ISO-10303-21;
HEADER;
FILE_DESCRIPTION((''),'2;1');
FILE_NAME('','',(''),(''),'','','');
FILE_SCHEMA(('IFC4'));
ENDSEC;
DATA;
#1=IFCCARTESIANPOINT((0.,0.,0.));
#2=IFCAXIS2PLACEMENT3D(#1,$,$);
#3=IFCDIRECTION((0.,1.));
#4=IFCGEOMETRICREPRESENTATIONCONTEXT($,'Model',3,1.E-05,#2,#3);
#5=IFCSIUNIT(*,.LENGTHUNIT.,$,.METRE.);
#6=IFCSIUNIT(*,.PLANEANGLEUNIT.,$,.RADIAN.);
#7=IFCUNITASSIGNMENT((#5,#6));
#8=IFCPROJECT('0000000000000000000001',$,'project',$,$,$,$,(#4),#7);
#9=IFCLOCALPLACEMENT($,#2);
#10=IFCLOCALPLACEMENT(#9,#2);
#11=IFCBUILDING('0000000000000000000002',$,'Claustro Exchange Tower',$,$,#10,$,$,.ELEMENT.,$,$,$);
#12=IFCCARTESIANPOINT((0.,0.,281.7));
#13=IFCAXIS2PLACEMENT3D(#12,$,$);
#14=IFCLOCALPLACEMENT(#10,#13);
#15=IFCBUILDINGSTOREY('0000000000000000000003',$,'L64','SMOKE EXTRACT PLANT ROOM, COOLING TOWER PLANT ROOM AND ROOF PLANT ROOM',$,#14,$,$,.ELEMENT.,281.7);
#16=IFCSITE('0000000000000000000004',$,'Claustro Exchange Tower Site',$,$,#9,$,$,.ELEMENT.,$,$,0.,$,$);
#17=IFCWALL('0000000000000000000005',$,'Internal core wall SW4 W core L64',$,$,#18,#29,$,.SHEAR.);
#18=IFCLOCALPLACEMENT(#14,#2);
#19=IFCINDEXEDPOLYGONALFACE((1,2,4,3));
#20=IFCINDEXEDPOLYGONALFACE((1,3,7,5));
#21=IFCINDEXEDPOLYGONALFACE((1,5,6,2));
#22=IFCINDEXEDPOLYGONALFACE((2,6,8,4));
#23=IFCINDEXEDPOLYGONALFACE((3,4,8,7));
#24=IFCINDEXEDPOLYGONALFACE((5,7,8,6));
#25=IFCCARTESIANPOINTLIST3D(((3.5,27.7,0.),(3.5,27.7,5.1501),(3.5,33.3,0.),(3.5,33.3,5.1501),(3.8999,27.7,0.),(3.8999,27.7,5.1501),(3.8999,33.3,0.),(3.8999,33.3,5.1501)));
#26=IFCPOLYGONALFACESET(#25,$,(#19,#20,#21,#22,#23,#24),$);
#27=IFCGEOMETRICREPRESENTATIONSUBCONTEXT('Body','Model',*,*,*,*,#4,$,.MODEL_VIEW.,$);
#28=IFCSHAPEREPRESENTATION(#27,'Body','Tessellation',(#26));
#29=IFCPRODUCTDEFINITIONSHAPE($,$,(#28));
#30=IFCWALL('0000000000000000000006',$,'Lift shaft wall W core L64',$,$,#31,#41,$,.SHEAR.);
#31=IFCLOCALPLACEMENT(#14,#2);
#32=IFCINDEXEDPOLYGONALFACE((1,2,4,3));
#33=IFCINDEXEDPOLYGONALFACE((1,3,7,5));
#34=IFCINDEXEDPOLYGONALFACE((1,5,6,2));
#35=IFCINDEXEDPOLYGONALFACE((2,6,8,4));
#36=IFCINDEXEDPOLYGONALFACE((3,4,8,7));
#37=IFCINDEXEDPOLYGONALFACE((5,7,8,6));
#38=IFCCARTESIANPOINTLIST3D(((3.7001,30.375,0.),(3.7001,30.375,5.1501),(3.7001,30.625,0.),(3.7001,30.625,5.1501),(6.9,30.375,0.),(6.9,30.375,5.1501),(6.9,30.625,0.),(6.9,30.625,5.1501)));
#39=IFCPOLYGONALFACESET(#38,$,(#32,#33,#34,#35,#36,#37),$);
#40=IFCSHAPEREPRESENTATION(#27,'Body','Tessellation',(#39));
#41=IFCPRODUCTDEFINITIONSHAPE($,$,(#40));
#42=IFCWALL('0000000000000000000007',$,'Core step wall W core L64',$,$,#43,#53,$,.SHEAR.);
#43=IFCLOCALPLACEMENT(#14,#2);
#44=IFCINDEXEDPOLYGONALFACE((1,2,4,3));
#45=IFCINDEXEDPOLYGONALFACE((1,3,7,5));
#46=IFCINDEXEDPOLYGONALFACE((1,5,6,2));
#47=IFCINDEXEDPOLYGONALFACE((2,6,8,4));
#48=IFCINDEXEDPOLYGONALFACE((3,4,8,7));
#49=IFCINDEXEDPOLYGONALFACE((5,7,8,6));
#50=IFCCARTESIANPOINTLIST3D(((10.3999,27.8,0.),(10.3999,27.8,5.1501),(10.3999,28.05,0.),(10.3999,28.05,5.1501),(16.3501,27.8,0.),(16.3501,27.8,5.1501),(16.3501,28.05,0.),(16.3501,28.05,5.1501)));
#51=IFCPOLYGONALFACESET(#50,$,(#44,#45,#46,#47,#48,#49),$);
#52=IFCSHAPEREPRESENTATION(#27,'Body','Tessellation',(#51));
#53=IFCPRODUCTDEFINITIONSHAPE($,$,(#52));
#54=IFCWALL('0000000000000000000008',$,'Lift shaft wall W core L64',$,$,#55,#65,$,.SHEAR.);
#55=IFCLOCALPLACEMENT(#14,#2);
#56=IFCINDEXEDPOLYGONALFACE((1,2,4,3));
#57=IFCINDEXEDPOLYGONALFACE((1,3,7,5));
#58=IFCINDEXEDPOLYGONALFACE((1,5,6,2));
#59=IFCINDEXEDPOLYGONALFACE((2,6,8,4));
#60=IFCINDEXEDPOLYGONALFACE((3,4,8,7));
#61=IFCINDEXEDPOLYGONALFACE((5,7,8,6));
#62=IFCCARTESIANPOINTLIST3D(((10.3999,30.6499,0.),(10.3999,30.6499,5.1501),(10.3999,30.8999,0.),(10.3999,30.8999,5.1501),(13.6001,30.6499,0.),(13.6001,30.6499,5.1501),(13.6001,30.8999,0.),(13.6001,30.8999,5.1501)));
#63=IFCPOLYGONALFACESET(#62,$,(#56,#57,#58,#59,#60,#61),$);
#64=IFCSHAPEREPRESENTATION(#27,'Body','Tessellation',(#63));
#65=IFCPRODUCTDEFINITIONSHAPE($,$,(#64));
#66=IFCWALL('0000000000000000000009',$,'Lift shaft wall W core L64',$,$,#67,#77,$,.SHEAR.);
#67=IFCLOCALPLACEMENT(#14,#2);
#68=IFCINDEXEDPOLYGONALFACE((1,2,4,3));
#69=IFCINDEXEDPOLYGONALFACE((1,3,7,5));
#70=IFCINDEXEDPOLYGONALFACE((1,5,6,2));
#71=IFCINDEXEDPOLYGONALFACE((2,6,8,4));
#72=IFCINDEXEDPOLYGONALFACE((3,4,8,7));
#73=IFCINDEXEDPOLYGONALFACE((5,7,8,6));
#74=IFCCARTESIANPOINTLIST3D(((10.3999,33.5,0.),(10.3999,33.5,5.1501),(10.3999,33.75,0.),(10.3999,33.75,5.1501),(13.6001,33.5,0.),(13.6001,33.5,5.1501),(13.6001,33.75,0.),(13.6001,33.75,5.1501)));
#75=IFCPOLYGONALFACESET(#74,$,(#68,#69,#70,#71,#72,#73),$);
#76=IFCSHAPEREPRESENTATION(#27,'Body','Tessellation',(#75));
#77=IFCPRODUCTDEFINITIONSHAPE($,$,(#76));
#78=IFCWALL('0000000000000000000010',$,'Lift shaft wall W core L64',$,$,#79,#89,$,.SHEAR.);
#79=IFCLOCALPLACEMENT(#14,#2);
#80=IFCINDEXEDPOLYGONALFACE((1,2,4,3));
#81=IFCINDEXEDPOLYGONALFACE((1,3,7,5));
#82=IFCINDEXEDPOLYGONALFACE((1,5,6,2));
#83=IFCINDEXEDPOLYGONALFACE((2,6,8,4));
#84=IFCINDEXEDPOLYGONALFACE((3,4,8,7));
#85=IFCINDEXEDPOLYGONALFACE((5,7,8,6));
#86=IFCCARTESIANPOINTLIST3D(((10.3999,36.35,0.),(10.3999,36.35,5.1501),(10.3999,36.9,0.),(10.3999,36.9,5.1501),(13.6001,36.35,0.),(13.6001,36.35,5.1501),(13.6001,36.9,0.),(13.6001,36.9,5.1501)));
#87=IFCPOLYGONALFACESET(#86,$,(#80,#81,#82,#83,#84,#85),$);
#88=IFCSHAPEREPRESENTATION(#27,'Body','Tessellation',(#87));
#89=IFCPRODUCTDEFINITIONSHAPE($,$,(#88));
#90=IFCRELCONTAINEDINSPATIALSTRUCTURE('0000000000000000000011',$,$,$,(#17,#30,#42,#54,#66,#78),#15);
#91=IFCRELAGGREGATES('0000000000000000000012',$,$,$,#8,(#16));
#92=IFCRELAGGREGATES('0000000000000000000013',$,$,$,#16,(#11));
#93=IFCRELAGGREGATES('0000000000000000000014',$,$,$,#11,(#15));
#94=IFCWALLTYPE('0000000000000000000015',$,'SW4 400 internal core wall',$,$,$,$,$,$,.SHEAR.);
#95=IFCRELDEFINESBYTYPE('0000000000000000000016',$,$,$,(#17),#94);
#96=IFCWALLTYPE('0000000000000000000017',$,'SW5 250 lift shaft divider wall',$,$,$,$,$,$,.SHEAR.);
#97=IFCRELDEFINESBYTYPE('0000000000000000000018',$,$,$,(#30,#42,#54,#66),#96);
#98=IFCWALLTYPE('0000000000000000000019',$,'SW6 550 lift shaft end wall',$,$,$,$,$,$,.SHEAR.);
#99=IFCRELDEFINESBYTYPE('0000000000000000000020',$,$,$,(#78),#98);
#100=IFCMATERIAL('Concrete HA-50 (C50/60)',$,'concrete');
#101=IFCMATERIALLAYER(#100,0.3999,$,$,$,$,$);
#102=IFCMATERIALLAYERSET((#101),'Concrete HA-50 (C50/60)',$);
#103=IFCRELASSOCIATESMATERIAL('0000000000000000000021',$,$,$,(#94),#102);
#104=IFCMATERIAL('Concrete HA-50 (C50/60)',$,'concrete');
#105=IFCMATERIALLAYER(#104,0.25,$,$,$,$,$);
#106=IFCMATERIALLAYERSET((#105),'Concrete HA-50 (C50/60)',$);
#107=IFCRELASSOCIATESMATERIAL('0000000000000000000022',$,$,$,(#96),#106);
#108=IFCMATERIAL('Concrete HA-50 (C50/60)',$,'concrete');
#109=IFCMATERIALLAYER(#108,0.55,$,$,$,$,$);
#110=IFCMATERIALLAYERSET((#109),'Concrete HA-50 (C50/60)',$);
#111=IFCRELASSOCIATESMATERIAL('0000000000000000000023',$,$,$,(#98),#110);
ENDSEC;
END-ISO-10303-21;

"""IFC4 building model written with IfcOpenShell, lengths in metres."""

from ifc_helpers import new_model, si_unit, direction, frame, frame_2d, origin, place, context, subcontext, project, spatial, rectangle, extrude, material, layer, layer_set, type_object, element, save


model = new_model("IFC4")

# Units and contexts
model_context = context("Model", 3, precision=1e-05, world=origin(), true_north=direction((0.0, 1.0)))
body_context = subcontext(model_context, "Body", "Model", "MODEL_VIEW")
ifc_project = project(units=[si_unit("LENGTHUNIT", "METRE"), si_unit("PLANEANGLEUNIT", "RADIAN")], contexts=[model_context])

# Site, building, storey
site_placement = place(None, origin())
site = spatial("IfcSite", under=ifc_project, at=site_placement, Name="Claustro Exchange Tower Site", CompositionType="ELEMENT", RefElevation=0.0)
building_placement = place(site_placement, origin())
building = spatial("IfcBuilding", under=site, at=building_placement, Name="Claustro Exchange Tower", CompositionType="ELEMENT")
storey_placement = place(building_placement, frame((0.0, 0.0, 281.7)))
storey = spatial("IfcBuildingStorey", under=building, at=storey_placement, Name="L64", Description="SMOKE EXTRACT PLANT ROOM, COOLING TOWER PLANT ROOM AND ROOF PLANT ROOM", CompositionType="ELEMENT", Elevation=281.7)

# Walls
ifc_material_1 = material(Name="Concrete HA-50 (C50/60)", Category="concrete")
ifc_layer_1 = layer(ifc_material_1, 0.3999)
ifc_layer_set_1 = layer_set([ifc_layer_1], Name="Concrete HA-50 (C50/60)")
wall_type_1 = type_object("IfcWallType", Name="SW4 400 internal core wall", PredefinedType="SHEAR", material=ifc_layer_set_1)
wall_1_placement = place(storey_placement, frame((3.7, 27.7, 0.0), z_axis=(0.0, 0.0, 1.0), x_axis=(0.0, 1.0, 0.0)))
element("IfcWall", 1, at=wall_1_placement, inside=storey, type_object=wall_type_1, Name="Internal core wall SW4 W core L64", PredefinedType="SHEAR", context=body_context, shape_type="SweptSolid", body=[
    extrude(rectangle(XDim=5.6001, YDim=0.3999, at=frame_2d((2.8, 0.0))), origin(), (0.0, 0.0, 1.0), 5.1501),
])
ifc_material_2 = material(Name="Concrete HA-50 (C50/60)", Category="concrete")
ifc_layer_2 = layer(ifc_material_2, 0.25)
ifc_layer_set_2 = layer_set([ifc_layer_2], Name="Concrete HA-50 (C50/60)")
wall_type_2 = type_object("IfcWallType", Name="SW5 250 lift shaft divider wall", PredefinedType="SHEAR", material=ifc_layer_set_2)
wall_2_placement = place(storey_placement, frame((3.7, 30.5, 0.0), z_axis=(0.0, 0.0, 1.0), x_axis=(1.0, 0.0, 0.0)))
element("IfcWall", 2, at=wall_2_placement, inside=storey, type_object=wall_type_2, Name="Lift shaft wall W core L64", PredefinedType="SHEAR", context=body_context, shape_type="SweptSolid", body=[
    extrude(rectangle(XDim=3.2, YDim=0.25, at=frame_2d((1.6001, 0.0))), origin(), (0.0, 0.0, 1.0), 5.1501),
])
wall_3_placement = place(storey_placement, frame((10.3999, 27.925, 0.0), z_axis=(0.0, 0.0, 1.0), x_axis=(1.0, 0.0, 0.0)))
element("IfcWall", 3, at=wall_3_placement, inside=storey, type_object=wall_type_2, Name="Core step wall W core L64", PredefinedType="SHEAR", context=body_context, shape_type="SweptSolid", body=[
    extrude(rectangle(XDim=5.9502, YDim=0.25, at=frame_2d((2.9751, 0.0))), origin(), (0.0, 0.0, 1.0), 5.1501),
])
for number, where, z_axis, x_axis, name in (
    (4, (10.3999, 30.7749, 0.0), (0.0, 0.0, 1.0), (1.0, 0.0, 0.0), "Lift shaft wall W core L64"),
    (5, (10.3999, 33.625, 0.0), (0.0, 0.0, 1.0), (1.0, 0.0, 0.0), "Lift shaft wall W core L64"),
):
    element("IfcWall", number, at=place(storey_placement, frame(where, z_axis=z_axis, x_axis=x_axis)), inside=storey, type_object=wall_type_2, Name=name, PredefinedType="SHEAR", context=body_context, shape_type="SweptSolid", body=[
        extrude(rectangle(XDim=3.2002, YDim=0.25, at=frame_2d((1.6001, 0.0))), origin(), (0.0, 0.0, 1.0), 5.1501),
    ])
ifc_material_3 = material(Name="Concrete HA-50 (C50/60)", Category="concrete")
ifc_layer_3 = layer(ifc_material_3, 0.55)
ifc_layer_set_3 = layer_set([ifc_layer_3], Name="Concrete HA-50 (C50/60)")
wall_type_3 = type_object("IfcWallType", Name="SW6 550 lift shaft end wall", PredefinedType="SHEAR", material=ifc_layer_set_3)
wall_4_placement = place(storey_placement, frame((10.3999, 36.625, 0.0), z_axis=(0.0, 0.0, 1.0), x_axis=(1.0, 0.0, 0.0)))
element("IfcWall", 6, at=wall_4_placement, inside=storey, type_object=wall_type_3, Name="Lift shaft wall W core L64", PredefinedType="SHEAR", context=body_context, shape_type="SweptSolid", body=[
    extrude(rectangle(XDim=3.2002, YDim=0.55, at=frame_2d((1.6001, 0.0))), origin(), (0.0, 0.0, 1.0), 5.1501),
])

save(model, "model.ifc")
